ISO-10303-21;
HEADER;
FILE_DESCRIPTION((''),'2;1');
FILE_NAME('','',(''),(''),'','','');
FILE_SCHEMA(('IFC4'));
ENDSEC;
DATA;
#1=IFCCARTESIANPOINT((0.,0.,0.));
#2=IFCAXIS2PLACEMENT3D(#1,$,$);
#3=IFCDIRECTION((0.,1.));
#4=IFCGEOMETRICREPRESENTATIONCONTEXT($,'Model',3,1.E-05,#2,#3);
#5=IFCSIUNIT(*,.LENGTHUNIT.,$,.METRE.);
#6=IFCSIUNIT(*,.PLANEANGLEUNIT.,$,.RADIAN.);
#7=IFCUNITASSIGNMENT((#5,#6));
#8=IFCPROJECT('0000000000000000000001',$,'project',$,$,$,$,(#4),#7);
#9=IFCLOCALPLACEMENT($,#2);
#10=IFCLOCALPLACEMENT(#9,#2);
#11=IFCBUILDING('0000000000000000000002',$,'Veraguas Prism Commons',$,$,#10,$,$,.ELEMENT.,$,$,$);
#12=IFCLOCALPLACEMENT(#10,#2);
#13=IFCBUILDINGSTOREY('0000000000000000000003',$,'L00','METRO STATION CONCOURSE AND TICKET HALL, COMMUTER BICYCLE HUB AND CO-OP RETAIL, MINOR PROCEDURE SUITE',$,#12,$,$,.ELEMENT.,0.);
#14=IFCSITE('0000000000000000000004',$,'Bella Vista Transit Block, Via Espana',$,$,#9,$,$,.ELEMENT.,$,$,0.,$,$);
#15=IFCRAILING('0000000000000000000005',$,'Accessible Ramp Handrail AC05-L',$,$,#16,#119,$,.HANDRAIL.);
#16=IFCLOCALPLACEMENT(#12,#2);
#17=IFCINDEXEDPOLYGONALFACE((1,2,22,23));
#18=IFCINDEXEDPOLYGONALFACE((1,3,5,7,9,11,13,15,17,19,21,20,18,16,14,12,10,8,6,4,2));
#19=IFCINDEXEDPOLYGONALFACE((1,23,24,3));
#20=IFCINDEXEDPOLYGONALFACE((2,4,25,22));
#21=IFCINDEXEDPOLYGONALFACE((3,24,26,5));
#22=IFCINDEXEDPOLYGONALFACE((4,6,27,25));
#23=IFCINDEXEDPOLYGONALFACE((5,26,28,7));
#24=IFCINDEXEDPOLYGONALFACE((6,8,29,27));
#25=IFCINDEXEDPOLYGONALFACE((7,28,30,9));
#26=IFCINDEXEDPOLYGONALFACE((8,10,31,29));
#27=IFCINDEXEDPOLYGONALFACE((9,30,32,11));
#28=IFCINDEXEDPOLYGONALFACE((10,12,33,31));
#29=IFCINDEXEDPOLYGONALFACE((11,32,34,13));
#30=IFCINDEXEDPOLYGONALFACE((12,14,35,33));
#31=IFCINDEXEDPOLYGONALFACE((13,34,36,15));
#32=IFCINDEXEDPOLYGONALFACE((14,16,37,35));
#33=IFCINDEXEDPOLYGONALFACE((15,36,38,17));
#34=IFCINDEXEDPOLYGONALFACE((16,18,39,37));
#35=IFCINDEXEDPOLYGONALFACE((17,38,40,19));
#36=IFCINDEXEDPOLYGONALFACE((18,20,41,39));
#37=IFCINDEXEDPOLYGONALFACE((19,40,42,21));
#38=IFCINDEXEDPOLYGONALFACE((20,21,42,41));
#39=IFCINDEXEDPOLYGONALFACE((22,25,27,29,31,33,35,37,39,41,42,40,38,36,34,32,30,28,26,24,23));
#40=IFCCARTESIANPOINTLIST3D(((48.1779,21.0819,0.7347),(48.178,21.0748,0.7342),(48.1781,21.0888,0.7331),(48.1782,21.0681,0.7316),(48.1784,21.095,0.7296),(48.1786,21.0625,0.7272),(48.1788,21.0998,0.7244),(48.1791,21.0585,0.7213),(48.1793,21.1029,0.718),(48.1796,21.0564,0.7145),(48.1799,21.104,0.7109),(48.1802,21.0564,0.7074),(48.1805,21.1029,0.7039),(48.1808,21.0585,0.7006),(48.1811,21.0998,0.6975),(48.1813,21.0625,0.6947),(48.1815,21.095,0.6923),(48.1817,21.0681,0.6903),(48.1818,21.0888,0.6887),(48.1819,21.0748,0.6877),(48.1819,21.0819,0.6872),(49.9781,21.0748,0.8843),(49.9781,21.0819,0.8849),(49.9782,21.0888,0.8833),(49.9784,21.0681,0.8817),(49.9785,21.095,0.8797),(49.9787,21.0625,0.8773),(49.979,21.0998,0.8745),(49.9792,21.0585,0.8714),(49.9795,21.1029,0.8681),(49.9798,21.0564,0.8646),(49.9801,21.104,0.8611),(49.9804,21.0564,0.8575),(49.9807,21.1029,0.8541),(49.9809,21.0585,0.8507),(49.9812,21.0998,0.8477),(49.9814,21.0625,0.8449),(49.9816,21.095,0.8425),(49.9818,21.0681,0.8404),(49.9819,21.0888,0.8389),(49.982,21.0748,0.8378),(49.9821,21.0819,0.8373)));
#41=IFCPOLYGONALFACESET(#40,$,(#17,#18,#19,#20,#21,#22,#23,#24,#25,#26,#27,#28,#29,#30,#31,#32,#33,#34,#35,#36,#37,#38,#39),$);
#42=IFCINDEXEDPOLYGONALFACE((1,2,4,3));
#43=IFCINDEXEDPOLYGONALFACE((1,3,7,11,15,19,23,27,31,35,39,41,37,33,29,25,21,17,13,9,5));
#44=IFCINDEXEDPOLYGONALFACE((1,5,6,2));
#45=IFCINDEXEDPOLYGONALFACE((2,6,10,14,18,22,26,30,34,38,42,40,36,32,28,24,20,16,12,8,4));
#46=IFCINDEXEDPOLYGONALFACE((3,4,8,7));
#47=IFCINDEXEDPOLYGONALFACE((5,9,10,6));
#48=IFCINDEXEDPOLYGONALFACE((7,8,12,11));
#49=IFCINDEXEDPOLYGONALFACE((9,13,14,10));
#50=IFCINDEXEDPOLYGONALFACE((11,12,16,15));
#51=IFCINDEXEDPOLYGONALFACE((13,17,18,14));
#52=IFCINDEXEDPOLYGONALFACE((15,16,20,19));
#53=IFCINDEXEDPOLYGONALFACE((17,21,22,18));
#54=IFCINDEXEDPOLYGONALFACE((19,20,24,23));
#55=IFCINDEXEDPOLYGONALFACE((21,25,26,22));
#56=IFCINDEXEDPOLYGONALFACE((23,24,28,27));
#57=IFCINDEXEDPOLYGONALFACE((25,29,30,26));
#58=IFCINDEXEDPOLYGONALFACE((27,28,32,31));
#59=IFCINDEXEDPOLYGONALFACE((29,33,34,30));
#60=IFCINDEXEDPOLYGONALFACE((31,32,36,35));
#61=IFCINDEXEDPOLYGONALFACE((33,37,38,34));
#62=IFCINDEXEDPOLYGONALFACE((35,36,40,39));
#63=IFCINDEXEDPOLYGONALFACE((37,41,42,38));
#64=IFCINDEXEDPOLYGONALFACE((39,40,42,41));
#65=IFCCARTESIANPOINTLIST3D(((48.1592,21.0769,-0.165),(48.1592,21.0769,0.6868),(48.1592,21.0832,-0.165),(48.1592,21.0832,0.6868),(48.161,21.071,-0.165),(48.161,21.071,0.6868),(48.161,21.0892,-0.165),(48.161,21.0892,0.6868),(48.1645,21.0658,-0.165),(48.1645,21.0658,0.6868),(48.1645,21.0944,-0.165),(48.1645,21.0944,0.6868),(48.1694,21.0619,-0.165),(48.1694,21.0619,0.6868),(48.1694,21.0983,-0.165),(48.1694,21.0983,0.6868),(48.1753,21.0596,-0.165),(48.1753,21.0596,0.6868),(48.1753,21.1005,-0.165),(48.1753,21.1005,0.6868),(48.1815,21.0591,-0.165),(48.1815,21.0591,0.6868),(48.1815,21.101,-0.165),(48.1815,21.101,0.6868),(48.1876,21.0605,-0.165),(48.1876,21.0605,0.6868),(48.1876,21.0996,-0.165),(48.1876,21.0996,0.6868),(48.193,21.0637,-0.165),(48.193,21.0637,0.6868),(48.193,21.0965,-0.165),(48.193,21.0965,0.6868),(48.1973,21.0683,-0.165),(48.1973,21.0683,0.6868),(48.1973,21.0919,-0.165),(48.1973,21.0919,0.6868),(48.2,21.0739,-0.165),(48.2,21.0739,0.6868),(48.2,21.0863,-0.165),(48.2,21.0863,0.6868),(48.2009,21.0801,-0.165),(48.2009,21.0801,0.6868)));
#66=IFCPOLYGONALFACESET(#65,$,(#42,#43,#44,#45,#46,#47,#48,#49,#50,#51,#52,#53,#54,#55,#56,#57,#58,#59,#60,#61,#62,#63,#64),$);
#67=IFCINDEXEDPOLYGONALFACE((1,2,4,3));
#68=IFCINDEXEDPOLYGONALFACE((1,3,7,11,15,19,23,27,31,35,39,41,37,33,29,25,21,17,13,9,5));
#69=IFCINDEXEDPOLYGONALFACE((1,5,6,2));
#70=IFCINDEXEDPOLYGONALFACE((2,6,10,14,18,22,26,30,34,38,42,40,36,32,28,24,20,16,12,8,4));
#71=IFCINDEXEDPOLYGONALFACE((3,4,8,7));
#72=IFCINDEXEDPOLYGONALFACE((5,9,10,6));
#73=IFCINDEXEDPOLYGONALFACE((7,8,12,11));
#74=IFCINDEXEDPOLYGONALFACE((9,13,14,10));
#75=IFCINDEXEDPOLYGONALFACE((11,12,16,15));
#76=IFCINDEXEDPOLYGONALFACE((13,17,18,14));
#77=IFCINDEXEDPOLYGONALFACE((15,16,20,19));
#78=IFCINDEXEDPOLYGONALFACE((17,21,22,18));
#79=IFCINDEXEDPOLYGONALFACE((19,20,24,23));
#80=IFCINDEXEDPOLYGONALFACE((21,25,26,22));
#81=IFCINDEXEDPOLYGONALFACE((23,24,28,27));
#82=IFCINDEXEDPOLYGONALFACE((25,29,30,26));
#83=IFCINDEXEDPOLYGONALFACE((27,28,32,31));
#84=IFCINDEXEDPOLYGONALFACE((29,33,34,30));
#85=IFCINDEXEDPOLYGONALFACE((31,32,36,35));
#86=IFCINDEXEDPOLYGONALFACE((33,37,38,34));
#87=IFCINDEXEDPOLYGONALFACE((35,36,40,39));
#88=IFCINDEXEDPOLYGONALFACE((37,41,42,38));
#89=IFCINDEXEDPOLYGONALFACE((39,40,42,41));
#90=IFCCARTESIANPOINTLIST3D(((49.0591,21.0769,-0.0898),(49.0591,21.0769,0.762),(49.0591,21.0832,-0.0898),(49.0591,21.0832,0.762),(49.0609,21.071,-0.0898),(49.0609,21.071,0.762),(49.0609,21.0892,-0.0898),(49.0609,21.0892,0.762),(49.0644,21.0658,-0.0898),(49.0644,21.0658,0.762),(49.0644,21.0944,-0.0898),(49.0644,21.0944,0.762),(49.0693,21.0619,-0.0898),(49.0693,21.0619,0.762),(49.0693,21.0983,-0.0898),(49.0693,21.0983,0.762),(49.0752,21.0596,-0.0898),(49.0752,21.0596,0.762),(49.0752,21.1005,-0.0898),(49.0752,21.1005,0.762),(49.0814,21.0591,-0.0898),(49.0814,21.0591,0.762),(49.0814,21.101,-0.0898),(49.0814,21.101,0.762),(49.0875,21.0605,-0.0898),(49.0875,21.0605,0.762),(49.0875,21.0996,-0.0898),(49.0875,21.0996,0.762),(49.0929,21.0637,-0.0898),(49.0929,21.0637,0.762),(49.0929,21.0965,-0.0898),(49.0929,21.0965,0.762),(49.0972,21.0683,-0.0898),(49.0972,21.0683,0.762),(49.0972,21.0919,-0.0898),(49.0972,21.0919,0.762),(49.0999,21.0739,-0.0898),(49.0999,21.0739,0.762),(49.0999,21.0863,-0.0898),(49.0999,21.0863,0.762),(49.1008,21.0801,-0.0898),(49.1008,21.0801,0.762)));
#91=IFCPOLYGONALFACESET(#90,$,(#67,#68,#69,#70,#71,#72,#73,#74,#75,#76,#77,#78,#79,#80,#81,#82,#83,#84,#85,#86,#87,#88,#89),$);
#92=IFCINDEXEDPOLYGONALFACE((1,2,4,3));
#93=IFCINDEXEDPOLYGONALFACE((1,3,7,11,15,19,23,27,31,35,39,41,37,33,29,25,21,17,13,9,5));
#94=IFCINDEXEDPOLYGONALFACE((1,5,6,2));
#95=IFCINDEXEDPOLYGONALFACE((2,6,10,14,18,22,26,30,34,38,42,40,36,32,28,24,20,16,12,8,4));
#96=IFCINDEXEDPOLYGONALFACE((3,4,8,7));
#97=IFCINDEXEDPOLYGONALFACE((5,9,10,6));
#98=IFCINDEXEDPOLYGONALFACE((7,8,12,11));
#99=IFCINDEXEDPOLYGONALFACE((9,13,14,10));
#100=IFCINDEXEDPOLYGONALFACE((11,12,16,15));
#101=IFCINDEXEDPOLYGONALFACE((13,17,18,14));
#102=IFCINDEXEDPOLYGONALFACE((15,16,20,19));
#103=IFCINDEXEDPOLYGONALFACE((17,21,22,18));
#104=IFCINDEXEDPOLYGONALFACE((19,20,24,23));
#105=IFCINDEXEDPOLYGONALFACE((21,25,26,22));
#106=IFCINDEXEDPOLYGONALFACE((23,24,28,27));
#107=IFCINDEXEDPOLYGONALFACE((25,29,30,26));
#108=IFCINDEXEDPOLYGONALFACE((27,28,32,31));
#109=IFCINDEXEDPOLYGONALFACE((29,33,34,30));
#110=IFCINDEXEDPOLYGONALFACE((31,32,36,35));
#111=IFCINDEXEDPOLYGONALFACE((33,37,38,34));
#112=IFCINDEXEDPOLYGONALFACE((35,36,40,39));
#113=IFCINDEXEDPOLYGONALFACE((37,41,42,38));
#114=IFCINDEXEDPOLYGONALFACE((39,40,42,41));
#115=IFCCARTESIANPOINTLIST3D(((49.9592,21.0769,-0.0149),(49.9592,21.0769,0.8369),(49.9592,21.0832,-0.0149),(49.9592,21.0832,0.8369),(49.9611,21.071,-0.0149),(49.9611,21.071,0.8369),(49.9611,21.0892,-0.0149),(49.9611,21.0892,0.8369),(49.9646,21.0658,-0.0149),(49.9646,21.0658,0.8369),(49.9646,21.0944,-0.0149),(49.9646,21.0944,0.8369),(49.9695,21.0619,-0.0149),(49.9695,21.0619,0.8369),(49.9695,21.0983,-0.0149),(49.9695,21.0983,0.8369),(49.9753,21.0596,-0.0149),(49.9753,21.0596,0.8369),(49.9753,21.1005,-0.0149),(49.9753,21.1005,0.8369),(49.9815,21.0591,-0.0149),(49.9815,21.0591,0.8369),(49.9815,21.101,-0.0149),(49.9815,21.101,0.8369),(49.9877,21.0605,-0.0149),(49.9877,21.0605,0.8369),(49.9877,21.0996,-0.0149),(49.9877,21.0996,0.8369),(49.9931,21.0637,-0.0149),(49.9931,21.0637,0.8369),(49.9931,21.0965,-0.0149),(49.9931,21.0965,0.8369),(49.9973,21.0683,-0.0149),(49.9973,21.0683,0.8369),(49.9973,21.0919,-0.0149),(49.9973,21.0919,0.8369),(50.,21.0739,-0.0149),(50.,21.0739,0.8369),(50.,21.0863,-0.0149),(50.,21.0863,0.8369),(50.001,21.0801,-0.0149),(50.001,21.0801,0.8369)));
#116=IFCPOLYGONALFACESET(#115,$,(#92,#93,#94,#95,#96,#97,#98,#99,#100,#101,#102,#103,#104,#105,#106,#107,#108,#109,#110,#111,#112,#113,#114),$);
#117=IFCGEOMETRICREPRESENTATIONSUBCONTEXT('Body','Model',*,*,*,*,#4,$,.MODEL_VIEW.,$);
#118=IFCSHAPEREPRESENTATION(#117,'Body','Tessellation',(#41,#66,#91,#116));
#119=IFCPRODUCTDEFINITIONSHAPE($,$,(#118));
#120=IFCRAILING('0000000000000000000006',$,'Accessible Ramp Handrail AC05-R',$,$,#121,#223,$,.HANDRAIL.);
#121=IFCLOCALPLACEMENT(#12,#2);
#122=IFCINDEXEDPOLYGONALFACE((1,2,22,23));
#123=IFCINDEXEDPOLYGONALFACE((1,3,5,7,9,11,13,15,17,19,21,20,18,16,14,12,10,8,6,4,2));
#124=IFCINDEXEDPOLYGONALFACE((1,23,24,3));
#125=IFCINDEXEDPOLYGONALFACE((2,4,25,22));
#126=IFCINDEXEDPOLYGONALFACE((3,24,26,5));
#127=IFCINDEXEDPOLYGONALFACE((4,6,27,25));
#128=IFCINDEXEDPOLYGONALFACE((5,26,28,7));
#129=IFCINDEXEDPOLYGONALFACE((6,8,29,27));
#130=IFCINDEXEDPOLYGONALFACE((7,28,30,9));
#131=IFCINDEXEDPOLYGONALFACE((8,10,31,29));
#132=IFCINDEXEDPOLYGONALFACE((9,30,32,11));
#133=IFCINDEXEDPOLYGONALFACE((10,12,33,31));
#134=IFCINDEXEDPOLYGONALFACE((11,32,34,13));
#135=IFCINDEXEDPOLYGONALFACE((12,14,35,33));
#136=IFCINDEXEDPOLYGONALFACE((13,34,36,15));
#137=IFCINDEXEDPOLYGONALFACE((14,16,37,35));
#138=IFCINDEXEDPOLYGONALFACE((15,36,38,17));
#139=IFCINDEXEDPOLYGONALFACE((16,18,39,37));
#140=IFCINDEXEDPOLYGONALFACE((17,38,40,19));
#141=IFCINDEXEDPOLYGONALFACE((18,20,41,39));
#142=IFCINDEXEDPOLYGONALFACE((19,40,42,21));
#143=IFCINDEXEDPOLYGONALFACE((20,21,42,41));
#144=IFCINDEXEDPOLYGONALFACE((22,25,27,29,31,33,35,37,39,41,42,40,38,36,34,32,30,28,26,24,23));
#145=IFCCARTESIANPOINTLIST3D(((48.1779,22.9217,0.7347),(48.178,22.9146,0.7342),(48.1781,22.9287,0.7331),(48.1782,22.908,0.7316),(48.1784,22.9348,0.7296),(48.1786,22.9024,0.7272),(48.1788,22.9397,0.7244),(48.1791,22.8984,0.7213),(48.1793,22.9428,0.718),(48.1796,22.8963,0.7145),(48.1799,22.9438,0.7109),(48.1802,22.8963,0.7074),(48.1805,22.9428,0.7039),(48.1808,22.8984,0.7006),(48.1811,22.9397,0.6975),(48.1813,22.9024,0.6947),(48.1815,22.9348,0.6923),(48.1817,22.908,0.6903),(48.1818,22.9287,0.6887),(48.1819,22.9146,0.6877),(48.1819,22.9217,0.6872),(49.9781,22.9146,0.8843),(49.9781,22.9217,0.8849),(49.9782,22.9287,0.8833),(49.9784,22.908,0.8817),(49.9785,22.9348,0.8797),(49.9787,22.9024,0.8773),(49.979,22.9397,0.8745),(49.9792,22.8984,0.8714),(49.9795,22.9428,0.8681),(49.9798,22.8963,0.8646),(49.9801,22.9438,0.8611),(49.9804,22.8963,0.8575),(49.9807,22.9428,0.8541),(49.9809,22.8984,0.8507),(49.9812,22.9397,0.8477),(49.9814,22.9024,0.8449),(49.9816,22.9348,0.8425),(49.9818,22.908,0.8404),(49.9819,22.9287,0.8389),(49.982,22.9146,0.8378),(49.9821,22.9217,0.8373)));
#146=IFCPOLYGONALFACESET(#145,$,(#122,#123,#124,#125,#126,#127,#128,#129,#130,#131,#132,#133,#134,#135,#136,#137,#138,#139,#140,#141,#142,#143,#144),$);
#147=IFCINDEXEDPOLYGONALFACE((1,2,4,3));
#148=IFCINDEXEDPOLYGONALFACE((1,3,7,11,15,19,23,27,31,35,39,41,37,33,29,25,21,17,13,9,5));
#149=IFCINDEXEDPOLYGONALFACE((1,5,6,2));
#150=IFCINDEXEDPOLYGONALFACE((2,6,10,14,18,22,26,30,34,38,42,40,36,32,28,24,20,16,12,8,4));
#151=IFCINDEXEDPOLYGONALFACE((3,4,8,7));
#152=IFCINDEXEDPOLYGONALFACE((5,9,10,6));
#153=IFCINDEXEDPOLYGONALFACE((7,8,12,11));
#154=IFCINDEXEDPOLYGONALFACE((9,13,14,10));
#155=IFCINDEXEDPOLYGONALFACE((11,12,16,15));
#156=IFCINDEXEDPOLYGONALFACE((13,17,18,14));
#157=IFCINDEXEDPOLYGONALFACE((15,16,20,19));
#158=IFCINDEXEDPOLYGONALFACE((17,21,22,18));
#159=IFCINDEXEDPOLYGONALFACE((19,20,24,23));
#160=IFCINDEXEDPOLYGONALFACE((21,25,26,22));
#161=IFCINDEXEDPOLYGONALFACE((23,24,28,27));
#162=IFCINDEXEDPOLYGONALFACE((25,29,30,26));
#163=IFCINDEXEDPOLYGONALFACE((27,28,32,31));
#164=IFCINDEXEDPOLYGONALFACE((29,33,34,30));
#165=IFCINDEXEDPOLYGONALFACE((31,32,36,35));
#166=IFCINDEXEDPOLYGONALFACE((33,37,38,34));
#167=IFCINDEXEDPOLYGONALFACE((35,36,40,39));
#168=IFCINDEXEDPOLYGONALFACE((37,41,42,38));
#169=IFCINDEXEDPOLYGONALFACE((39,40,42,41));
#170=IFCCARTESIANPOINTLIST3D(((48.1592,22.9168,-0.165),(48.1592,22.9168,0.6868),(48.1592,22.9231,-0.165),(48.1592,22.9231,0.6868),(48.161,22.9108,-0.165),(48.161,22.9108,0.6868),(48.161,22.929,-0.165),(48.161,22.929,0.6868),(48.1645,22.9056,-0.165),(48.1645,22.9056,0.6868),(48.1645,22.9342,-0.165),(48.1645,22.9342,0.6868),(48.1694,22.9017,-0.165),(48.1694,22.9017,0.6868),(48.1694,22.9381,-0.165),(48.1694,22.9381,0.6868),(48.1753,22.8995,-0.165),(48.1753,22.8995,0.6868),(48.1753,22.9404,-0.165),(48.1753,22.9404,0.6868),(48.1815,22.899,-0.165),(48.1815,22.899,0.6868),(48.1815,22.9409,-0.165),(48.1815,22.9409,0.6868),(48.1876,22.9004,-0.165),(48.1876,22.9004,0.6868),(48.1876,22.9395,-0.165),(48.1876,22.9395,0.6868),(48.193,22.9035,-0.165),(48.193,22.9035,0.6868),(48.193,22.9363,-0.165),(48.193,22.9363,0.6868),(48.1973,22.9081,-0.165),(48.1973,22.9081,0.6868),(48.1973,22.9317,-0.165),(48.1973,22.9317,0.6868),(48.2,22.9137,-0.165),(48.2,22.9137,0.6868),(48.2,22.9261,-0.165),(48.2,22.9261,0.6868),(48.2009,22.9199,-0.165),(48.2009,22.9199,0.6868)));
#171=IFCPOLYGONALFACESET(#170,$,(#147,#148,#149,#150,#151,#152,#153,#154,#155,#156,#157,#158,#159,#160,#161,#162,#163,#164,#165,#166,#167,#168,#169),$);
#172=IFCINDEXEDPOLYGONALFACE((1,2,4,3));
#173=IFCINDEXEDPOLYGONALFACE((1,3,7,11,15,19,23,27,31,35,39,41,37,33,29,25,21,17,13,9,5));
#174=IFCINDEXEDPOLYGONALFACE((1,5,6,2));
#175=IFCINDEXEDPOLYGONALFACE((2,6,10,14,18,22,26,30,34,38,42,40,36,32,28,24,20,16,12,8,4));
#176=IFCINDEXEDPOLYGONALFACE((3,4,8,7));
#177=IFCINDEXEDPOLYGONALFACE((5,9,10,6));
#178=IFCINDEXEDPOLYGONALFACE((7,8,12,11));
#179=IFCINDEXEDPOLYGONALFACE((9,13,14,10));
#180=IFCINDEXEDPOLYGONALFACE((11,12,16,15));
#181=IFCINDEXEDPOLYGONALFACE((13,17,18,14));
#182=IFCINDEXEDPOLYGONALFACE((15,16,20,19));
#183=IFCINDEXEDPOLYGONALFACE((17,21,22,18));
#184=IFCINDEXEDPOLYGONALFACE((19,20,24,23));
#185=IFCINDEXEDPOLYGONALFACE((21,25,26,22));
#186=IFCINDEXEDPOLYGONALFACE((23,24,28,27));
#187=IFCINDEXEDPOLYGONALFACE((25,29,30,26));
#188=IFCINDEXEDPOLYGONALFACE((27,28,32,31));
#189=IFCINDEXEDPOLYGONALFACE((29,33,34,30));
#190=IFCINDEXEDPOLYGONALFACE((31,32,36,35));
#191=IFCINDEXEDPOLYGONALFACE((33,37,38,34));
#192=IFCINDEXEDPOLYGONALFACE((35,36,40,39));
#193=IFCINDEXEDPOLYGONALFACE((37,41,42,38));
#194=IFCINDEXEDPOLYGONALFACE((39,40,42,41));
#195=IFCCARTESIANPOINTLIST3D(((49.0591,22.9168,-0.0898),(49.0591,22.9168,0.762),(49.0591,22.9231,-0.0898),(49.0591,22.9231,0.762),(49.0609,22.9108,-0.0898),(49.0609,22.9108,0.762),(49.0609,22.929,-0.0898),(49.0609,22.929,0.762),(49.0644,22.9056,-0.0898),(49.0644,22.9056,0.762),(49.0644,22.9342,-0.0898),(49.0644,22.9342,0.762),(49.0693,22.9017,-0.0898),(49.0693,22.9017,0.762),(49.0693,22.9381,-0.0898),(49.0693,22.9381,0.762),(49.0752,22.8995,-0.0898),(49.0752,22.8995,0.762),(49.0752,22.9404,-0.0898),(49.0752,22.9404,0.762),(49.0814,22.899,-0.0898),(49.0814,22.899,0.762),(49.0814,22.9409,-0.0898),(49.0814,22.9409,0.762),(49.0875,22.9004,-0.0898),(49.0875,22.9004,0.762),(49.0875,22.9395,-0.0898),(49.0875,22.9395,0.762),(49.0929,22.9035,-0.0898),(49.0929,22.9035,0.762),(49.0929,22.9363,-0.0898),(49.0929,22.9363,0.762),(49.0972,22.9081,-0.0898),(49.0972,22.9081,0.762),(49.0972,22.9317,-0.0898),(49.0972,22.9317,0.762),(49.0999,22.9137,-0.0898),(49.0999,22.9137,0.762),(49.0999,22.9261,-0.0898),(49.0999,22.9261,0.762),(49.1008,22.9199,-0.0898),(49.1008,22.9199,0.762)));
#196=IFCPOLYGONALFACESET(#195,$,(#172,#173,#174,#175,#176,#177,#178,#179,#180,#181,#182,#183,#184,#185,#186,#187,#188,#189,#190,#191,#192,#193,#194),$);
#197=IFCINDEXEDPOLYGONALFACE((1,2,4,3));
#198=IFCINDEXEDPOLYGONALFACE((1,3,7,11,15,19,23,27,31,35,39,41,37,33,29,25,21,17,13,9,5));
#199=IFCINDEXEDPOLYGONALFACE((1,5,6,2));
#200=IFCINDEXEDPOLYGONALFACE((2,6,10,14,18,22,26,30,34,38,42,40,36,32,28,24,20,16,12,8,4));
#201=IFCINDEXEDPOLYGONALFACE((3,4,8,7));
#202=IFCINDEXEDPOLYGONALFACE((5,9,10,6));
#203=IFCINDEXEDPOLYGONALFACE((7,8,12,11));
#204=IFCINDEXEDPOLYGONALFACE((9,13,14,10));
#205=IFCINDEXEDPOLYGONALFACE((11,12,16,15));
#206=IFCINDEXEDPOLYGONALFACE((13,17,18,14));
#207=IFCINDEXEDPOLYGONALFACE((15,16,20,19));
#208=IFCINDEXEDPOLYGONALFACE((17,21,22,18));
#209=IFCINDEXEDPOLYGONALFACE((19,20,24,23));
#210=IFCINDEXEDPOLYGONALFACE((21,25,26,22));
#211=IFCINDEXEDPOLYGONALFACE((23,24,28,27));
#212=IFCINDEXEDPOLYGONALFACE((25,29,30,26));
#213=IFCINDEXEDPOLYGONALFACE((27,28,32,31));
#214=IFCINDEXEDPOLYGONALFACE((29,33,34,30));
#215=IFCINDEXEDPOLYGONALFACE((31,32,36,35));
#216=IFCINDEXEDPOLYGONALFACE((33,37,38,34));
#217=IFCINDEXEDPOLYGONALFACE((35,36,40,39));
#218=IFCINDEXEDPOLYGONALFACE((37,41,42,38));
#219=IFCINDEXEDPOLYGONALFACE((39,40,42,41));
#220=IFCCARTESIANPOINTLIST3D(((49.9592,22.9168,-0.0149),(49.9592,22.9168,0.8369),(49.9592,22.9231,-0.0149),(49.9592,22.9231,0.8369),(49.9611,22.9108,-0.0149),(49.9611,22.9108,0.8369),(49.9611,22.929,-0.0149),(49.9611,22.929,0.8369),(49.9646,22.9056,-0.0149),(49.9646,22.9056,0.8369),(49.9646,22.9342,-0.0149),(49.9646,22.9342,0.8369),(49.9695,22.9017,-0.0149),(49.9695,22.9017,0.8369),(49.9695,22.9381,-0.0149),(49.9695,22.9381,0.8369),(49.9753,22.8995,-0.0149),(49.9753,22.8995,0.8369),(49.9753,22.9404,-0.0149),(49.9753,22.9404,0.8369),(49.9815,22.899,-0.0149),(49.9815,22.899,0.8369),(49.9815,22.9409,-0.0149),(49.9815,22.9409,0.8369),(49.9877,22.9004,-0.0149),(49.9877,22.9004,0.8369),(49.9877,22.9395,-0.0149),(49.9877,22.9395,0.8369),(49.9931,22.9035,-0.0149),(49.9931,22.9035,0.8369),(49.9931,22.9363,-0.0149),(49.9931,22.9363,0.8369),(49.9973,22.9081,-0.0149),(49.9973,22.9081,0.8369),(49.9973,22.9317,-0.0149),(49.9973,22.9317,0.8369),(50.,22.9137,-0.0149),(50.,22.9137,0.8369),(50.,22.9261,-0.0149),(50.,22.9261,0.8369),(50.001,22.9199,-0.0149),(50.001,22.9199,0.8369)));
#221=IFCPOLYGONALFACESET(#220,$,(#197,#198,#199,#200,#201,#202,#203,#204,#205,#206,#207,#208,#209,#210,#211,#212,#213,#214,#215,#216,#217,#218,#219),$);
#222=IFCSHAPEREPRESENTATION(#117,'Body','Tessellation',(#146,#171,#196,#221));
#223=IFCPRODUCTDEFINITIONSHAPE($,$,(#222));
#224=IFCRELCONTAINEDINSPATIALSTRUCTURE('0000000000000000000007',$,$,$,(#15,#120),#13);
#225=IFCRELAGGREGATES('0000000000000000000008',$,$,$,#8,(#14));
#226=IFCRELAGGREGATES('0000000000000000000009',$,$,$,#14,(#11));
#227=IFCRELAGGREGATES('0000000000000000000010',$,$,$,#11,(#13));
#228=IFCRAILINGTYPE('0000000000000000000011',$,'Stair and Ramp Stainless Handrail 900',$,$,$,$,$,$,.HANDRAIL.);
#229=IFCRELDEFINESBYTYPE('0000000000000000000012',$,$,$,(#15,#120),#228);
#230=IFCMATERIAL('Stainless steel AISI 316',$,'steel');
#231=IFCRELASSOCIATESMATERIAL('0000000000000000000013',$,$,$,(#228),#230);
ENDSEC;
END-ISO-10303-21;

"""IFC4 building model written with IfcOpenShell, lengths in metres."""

from ifc_helpers import new_model, si_unit, direction, frame, origin, origin_2d, place, context, subcontext, project, spatial, circle, extrude, material, type_object, element, save


model = new_model("IFC4")

# Units and contexts
model_context = context("Model", 3, precision=1e-05, world=origin(), true_north=direction((0.0, 1.0)))
body_context = subcontext(model_context, "Body", "Model", "MODEL_VIEW")
ifc_project = project(units=[si_unit("LENGTHUNIT", "METRE"), si_unit("PLANEANGLEUNIT", "RADIAN")], contexts=[model_context])

# Site, building, storey
site_placement = place(None, origin())
site = spatial("IfcSite", under=ifc_project, at=site_placement, Name="Bella Vista Transit Block, Via Espana", CompositionType="ELEMENT", RefElevation=0.0)
building_placement = place(site_placement, origin())
building = spatial("IfcBuilding", under=site, at=building_placement, Name="Veraguas Prism Commons", CompositionType="ELEMENT")
storey_placement = place(building_placement, origin())
storey = spatial("IfcBuildingStorey", under=building, at=storey_placement, Name="L00", Description="METRO STATION CONCOURSE AND TICKET HALL, COMMUTER BICYCLE HUB AND CO-OP RETAIL, MINOR PROCEDURE SUITE", CompositionType="ELEMENT", Elevation=0.0)

# Railings
ifc_material_1 = material(Name="Stainless steel AISI 316", Category="steel")
railing_type = type_object("IfcRailingType", Name="Stair and Ramp Stainless Handrail 900", PredefinedType="HANDRAIL", material=ifc_material_1)
for number, where, name in (
    (1, (48.1799, 21.0801, -0.165), "Accessible Ramp Handrail AC05-L"),
    (2, (48.1799, 22.9199, -0.165), "Accessible Ramp Handrail AC05-R"),
):
    element("IfcRailing", number, at=place(storey_placement, frame(where)), inside=storey, type_object=railing_type, Name=name, PredefinedType="HANDRAIL", context=body_context, shape_type="SweptSolid", body=[
        extrude(circle(Radius=0.0239, at=origin_2d()), frame((0.0, 0.0, 0.876), z_axis=(0.996539, 0.0, 0.083124), x_axis=(0.0, 1.0, 0.0)), (0.0, 0.0, 1.0), 1.8064),
        extrude(circle(Radius=0.021, at=origin_2d()), origin(), (0.0, 0.0, 1.0), 0.8518),
        extrude(circle(Radius=0.021, at=origin_2d()), frame((0.8999, 0.0, 0.0752)), (0.0, 0.0, 1.0), 0.8518),
        extrude(circle(Radius=0.021, at=origin_2d()), frame((1.8, 0.0, 0.1501)), (0.0, 0.0, 1.0), 0.8518),
    ])

save(model, "model.ifc")
